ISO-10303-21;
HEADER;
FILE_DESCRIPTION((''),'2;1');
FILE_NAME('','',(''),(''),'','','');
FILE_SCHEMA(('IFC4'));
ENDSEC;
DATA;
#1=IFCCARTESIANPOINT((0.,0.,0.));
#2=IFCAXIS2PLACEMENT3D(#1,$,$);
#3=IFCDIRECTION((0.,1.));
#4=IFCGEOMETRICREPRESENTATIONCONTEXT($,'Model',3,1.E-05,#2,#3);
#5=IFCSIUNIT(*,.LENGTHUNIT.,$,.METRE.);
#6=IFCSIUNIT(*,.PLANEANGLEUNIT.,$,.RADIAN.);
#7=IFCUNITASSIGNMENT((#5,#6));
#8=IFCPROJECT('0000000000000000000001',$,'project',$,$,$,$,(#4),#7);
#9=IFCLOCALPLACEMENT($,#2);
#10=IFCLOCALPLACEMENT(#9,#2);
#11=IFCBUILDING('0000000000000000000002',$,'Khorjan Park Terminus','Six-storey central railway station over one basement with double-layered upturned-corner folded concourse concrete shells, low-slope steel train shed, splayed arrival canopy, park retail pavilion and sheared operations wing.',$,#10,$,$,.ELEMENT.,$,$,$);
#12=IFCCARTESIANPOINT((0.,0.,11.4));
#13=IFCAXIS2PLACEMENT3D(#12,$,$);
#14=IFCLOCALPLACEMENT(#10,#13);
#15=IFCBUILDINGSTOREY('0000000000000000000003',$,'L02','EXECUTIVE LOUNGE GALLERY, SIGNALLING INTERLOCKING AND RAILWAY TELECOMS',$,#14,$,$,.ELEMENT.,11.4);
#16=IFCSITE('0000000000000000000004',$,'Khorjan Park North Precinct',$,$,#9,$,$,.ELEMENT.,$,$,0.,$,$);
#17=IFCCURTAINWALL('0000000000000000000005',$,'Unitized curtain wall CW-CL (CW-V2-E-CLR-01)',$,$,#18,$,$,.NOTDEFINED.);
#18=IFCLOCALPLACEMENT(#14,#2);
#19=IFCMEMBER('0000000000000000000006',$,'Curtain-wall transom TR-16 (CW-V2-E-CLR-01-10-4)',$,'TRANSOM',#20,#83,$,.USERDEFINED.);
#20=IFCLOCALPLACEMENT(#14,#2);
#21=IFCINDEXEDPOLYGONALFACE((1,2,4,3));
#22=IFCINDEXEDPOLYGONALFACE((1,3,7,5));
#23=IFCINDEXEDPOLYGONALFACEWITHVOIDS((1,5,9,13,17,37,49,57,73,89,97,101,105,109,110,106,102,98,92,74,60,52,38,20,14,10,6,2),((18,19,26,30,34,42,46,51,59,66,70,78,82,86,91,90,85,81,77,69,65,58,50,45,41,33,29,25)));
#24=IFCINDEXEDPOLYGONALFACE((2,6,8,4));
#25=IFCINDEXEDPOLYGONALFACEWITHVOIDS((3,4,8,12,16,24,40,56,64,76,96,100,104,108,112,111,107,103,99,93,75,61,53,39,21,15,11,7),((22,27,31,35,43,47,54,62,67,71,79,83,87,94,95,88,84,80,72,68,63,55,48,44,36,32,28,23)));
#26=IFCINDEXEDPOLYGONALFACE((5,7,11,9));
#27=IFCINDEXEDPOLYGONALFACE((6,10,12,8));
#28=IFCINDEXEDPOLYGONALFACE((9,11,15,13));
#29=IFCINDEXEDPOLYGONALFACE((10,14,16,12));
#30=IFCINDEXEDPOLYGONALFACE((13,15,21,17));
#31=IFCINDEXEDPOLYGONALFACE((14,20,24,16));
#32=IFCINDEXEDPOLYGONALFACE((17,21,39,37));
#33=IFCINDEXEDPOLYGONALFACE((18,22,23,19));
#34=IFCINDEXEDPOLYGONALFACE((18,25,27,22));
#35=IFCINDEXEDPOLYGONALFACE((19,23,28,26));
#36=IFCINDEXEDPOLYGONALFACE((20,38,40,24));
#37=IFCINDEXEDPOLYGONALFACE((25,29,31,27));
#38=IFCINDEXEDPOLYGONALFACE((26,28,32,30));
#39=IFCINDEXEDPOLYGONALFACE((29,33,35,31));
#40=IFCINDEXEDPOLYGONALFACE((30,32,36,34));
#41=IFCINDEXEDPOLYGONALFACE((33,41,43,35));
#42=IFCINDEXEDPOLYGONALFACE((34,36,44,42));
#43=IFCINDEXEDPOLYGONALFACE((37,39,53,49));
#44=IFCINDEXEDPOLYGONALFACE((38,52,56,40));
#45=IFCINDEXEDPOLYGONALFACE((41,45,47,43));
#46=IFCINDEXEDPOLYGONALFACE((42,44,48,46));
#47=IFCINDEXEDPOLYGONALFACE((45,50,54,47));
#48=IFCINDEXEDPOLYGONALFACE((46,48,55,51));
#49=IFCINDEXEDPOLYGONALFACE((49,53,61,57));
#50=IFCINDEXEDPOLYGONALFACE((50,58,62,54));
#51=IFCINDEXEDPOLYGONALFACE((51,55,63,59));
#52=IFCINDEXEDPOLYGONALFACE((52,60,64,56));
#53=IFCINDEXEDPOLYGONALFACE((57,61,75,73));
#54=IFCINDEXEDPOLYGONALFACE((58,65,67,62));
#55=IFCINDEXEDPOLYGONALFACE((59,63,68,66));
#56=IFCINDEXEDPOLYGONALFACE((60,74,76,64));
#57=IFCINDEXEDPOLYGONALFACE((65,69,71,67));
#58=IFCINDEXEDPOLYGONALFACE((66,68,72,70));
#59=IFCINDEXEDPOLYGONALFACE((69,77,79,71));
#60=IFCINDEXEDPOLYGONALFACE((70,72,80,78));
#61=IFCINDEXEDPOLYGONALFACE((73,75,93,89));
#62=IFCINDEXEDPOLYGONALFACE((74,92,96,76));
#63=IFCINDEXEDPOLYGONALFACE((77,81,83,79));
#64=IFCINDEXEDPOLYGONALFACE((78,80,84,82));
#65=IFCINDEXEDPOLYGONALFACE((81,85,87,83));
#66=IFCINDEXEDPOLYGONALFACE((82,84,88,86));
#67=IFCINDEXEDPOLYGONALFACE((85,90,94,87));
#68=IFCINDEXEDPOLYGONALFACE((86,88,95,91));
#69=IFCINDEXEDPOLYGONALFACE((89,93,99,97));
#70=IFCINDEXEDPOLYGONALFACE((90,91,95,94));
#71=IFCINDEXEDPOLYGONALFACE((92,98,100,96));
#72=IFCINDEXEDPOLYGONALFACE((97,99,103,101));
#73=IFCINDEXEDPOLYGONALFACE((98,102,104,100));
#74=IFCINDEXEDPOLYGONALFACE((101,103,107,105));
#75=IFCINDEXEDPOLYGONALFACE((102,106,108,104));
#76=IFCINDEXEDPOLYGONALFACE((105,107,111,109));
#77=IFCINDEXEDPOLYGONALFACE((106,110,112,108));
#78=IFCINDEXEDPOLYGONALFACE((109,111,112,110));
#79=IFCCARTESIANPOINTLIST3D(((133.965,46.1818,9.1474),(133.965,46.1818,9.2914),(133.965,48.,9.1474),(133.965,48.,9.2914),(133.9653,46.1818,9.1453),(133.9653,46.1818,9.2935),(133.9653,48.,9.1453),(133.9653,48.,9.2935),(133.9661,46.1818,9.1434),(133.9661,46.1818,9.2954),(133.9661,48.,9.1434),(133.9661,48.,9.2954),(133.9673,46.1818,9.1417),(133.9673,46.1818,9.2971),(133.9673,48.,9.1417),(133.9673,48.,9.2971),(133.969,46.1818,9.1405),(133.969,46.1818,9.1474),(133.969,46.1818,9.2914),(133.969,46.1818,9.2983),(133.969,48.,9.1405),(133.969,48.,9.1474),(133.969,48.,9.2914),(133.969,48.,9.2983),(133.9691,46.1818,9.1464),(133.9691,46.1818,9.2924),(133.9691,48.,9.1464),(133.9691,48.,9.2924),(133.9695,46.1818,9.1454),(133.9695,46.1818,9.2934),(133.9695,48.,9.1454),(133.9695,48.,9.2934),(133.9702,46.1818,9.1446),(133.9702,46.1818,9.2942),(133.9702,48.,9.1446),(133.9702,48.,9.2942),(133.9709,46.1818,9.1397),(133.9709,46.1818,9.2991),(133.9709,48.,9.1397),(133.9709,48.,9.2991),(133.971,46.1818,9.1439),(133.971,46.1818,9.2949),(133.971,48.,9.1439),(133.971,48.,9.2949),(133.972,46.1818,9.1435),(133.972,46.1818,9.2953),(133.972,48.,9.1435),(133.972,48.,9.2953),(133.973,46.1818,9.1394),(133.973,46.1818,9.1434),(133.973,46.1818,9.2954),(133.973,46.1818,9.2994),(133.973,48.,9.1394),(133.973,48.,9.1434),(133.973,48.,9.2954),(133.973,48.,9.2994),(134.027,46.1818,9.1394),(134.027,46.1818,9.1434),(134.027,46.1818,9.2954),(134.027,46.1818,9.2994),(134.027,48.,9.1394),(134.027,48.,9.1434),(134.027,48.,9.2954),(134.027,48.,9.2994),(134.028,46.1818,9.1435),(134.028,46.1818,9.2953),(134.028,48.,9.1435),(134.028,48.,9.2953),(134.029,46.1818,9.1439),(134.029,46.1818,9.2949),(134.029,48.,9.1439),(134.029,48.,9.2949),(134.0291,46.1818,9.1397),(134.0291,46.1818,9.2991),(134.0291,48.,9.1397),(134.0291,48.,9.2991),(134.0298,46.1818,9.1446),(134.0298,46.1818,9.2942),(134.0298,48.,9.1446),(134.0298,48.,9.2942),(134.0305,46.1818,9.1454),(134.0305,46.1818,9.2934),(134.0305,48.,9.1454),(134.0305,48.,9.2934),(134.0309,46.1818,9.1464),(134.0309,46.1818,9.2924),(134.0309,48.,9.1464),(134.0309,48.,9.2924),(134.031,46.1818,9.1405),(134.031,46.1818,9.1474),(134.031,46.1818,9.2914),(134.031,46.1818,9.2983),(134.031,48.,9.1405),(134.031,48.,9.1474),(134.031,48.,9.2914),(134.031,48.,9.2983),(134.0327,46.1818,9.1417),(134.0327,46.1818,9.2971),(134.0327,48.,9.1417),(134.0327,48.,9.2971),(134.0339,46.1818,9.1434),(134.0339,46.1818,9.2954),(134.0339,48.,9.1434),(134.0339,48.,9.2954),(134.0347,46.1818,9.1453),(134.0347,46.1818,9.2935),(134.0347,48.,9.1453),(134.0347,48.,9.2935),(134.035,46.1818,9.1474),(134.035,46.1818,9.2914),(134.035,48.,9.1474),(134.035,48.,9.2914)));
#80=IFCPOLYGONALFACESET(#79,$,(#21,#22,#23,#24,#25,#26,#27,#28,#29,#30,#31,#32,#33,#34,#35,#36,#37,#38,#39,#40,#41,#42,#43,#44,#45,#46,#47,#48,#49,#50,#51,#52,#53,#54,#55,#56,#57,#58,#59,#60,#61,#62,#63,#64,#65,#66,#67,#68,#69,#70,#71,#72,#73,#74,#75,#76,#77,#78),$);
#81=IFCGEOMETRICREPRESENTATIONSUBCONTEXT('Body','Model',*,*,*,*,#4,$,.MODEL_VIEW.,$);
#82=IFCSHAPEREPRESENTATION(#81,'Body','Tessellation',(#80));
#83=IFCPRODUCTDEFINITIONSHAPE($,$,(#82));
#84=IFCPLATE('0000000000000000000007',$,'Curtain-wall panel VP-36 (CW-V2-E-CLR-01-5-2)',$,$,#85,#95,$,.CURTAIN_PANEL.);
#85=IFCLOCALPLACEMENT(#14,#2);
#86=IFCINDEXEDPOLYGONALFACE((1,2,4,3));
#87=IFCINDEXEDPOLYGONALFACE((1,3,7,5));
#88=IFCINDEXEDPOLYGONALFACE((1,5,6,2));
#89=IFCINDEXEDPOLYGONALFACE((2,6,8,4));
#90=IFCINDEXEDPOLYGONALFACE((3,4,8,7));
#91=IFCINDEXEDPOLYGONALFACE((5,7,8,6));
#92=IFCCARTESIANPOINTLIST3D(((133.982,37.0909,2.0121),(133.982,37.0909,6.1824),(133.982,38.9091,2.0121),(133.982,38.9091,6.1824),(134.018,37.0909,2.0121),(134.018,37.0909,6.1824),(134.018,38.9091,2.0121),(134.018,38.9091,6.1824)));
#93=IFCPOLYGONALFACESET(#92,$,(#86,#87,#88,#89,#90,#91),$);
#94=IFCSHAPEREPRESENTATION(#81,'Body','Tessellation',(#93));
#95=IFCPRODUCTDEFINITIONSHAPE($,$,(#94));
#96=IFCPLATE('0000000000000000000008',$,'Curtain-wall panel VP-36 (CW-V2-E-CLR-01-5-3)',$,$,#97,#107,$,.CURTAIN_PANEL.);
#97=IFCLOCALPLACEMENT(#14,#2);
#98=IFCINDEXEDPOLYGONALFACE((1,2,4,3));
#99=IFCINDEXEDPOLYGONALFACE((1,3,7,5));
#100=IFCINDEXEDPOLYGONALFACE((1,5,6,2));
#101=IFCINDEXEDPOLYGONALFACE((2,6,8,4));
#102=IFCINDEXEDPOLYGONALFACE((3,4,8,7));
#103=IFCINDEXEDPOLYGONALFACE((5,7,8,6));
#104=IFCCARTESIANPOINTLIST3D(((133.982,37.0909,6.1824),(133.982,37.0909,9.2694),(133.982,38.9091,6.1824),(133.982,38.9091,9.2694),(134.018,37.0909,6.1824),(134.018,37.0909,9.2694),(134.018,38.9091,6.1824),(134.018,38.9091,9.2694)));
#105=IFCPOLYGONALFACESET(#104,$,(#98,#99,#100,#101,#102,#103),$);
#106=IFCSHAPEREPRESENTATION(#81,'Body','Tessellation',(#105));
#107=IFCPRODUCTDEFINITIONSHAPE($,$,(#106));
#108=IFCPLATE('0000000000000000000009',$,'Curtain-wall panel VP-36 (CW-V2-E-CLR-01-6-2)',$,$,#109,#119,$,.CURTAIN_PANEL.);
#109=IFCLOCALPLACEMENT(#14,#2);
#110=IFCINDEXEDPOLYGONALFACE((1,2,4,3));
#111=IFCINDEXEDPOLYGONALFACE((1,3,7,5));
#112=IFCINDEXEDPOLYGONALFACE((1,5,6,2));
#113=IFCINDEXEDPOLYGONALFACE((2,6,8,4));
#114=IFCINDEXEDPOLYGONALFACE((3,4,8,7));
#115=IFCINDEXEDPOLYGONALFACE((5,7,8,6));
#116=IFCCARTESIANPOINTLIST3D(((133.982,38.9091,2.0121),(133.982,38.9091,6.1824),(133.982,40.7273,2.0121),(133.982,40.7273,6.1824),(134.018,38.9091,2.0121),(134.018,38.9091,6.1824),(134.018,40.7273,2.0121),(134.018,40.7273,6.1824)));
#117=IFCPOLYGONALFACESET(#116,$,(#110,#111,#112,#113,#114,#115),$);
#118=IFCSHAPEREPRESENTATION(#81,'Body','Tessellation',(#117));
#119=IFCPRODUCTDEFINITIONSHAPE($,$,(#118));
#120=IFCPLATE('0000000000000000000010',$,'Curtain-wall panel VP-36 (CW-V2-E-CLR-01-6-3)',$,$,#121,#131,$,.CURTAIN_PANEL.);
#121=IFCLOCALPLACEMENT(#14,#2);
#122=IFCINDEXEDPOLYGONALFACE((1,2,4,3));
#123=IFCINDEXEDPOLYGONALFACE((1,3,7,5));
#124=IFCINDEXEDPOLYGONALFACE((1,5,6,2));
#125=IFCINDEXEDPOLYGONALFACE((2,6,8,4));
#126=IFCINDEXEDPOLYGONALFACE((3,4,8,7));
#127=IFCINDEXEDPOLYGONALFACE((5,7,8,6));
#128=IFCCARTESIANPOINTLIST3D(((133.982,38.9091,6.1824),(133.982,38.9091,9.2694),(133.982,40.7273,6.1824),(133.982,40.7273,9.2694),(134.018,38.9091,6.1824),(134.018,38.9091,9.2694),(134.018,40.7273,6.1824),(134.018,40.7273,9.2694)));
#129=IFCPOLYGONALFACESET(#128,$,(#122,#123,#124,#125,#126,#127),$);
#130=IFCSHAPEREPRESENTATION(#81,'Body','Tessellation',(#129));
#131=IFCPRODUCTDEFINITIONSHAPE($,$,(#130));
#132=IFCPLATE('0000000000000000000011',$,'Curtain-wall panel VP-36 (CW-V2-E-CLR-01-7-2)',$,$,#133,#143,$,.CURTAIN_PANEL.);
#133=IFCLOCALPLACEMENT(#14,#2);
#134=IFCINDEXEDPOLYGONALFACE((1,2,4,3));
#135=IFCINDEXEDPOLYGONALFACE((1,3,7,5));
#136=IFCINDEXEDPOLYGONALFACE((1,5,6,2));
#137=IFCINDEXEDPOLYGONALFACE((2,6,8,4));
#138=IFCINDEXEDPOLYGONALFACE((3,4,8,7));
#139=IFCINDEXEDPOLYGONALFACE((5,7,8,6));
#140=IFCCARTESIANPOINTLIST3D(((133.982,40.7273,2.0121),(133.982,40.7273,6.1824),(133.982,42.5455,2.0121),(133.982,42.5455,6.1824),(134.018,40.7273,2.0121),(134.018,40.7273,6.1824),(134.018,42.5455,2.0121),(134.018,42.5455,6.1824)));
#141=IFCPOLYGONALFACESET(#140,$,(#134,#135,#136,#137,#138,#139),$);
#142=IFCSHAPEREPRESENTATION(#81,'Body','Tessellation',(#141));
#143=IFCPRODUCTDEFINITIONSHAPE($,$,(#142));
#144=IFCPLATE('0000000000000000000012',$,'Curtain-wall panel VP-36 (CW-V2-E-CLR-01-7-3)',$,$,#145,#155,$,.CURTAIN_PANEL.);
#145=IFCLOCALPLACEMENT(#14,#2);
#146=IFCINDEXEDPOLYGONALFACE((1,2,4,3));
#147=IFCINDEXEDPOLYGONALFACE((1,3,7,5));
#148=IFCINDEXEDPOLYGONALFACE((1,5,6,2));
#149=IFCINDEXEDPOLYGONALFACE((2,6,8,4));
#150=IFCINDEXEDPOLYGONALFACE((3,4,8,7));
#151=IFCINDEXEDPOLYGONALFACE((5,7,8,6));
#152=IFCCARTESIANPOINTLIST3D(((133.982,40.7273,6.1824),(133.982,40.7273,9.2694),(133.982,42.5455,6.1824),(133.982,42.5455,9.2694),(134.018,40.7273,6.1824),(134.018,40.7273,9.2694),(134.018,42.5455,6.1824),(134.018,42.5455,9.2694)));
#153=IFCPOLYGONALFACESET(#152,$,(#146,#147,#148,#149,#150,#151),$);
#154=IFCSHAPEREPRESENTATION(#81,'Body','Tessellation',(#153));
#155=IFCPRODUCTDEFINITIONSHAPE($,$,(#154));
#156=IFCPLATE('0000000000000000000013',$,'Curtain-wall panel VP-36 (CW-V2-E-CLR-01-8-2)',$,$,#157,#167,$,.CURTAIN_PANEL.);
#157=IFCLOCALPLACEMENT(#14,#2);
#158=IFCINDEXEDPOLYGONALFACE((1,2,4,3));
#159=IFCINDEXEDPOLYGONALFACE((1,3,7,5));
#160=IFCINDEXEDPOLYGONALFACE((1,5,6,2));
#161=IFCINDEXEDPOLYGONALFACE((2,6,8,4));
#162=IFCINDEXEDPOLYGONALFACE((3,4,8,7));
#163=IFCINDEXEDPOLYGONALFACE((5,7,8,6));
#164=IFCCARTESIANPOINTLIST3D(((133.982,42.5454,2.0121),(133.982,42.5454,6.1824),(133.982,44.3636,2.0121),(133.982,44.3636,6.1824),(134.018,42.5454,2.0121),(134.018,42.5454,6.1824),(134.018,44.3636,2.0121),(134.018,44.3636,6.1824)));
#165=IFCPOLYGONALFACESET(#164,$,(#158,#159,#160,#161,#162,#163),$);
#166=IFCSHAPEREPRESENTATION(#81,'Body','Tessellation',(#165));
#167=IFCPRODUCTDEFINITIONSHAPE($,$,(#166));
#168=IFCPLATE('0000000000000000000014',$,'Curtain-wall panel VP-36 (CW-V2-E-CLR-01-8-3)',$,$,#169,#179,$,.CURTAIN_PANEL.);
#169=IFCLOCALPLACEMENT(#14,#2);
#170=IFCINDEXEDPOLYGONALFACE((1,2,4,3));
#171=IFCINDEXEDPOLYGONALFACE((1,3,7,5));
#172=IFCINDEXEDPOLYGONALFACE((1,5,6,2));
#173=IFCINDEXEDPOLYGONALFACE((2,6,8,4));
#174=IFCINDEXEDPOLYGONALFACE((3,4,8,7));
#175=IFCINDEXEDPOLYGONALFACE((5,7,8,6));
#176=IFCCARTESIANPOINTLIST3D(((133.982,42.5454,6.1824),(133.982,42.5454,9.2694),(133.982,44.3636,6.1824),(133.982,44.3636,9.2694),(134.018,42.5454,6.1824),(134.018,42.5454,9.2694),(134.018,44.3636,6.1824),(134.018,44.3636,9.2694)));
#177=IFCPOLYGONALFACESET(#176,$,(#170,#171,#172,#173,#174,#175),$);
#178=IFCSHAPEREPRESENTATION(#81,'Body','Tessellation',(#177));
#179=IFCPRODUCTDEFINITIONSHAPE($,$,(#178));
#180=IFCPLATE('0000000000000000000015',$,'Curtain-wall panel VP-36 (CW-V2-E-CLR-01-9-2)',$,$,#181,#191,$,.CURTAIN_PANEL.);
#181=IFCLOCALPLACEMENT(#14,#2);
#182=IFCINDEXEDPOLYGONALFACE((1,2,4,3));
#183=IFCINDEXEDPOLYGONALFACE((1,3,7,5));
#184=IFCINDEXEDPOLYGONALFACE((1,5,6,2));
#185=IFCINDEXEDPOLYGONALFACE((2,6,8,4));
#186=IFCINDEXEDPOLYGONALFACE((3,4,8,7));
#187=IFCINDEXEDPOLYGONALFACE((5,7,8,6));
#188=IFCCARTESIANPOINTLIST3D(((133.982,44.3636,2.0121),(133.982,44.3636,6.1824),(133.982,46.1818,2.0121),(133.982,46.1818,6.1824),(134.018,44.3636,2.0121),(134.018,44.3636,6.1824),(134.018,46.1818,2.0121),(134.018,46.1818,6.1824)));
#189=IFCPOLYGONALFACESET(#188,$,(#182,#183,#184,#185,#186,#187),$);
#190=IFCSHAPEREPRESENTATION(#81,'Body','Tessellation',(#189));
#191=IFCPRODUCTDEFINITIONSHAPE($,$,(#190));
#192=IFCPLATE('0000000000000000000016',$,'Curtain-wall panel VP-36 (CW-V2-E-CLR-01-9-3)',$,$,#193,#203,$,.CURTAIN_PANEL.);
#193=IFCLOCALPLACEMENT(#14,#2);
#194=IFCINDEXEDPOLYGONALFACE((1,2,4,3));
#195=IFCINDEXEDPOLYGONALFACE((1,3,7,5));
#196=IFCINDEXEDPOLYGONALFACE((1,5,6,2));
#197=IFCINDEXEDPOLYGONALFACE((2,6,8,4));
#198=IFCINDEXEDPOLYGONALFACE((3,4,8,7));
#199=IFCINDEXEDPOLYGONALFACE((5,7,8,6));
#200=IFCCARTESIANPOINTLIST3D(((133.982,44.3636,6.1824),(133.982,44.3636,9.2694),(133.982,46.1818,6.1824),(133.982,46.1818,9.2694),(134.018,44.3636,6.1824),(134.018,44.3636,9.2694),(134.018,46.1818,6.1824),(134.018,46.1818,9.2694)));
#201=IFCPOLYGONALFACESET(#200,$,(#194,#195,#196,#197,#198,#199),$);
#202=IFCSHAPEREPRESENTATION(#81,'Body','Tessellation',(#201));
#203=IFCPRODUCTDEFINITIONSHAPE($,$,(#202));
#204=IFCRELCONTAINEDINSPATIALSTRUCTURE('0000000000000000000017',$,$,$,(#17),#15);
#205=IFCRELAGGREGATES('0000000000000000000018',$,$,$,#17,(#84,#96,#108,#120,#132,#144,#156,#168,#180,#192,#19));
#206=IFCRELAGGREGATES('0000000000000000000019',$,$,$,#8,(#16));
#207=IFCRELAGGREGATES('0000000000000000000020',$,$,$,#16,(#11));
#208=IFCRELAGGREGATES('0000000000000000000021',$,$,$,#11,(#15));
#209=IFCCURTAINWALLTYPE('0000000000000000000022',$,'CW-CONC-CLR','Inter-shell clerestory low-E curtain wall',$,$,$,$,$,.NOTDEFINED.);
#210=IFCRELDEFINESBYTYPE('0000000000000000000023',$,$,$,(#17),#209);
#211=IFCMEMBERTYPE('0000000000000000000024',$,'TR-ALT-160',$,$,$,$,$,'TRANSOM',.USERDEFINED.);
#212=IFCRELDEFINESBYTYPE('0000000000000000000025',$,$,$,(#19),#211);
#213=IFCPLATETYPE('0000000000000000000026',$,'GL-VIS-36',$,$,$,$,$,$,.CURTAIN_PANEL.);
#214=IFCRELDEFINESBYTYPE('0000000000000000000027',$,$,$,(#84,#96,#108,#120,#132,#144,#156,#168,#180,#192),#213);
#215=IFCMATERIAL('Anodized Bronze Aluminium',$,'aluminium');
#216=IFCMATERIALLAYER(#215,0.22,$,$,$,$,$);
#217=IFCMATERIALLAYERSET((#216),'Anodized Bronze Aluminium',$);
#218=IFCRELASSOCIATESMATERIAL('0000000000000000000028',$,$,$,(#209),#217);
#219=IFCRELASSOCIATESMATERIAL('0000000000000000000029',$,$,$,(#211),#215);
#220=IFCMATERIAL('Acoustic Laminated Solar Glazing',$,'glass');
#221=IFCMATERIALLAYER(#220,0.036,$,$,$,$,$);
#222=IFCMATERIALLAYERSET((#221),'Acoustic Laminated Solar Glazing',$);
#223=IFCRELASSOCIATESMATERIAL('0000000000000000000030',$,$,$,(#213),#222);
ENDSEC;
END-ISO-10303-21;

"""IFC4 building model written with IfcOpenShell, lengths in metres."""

from ifc_helpers import new_model, si_unit, direction, frame, origin, origin_2d, place, context, subcontext, project, spatial, rectangle, hollow_rectangle, extrude, material, layer, layer_set, material_profile, profile_set, type_object, element, aggregate, save


model = new_model("IFC4")

# Units and contexts
model_context = context("Model", 3, precision=1e-05, world=origin(), true_north=direction((0.0, 1.0)))
body_context = subcontext(model_context, "Body", "Model", "MODEL_VIEW")
ifc_project = project(units=[si_unit("LENGTHUNIT", "METRE"), si_unit("PLANEANGLEUNIT", "RADIAN")], contexts=[model_context])

# Site, building, storey
site_placement = place(None, origin())
site = spatial("IfcSite", under=ifc_project, at=site_placement, Name="Khorjan Park North Precinct", CompositionType="ELEMENT", RefElevation=0.0)
building_placement = place(site_placement, origin())
building = spatial("IfcBuilding", under=site, at=building_placement, Name="Khorjan Park Terminus", Description="Six-storey central railway station over one basement with double-layered upturned-corner folded concourse concrete shells, low-slope steel train shed, splayed arrival canopy, park retail pavilion and sheared operations wing.", CompositionType="ELEMENT")
storey_placement = place(building_placement, frame((0.0, 0.0, 11.4)))
storey = spatial("IfcBuildingStorey", under=building, at=storey_placement, Name="L02", Description="EXECUTIVE LOUNGE GALLERY, SIGNALLING INTERLOCKING AND RAILWAY TELECOMS", CompositionType="ELEMENT", Elevation=11.4)

# Curtain wall, member, plates
ifc_material_1 = material(Name="Anodized Bronze Aluminium", Category="aluminium")
ifc_layer_1 = layer(ifc_material_1, 0.22)
ifc_layer_set_1 = layer_set([ifc_layer_1], Name="Anodized Bronze Aluminium")
curtain_wall_type = type_object("IfcCurtainWallType", Name="CW-CONC-CLR", Description="Inter-shell clerestory low-E curtain wall", PredefinedType="NOTDEFINED", material=ifc_layer_set_1)
curtain_wall_placement = place(storey_placement, origin())
curtain_wall = element("IfcCurtainWall", 1, at=curtain_wall_placement, inside=storey, type_object=curtain_wall_type, Name="Unitized curtain wall CW-CL (CW-V2-E-CLR-01)", PredefinedType="NOTDEFINED")
ifc_material_profile = material_profile(ifc_material_1, hollow_rectangle(XDim=0.07, YDim=0.16, WallThickness=0.004, InnerFilletRadius=0.004, OuterFilletRadius=0.008, at=origin_2d()), Name="ALT 70x160x4")
ifc_profile_set = profile_set([ifc_material_profile], Name="Anodized Bronze Aluminium")
member_type = type_object("IfcMemberType", Name="TR-ALT-160", ElementType="TRANSOM", PredefinedType="USERDEFINED", material=ifc_profile_set)
member_1_placement = place(storey_placement, frame((134.0, 46.1818, 9.2194), z_axis=(0.0, 1.0, 0.0), x_axis=(-1.0, 0.0, 0.0)))
member_1 = element("IfcMember", 2, at=member_1_placement, type_object=member_type, Name="Curtain-wall transom TR-16 (CW-V2-E-CLR-01-10-4)", ObjectType="TRANSOM", PredefinedType="USERDEFINED", context=body_context, shape_type="SweptSolid", body=[
    extrude(hollow_rectangle(XDim=0.07, YDim=0.16, WallThickness=0.004, InnerFilletRadius=0.004, OuterFilletRadius=0.008, at=origin_2d()), origin(), (0.0, 0.0, 1.0), 1.8182),
])
ifc_material_2 = material(Name="Acoustic Laminated Solar Glazing", Category="glass")
ifc_layer_2 = layer(ifc_material_2, 0.036)
ifc_layer_set_2 = layer_set([ifc_layer_2], Name="Acoustic Laminated Solar Glazing")
plate_type_1 = type_object("IfcPlateType", Name="GL-VIS-36", PredefinedType="CURTAIN_PANEL", material=ifc_layer_set_2)
plate_1_placement = place(storey_placement, frame((134.0, 38.0, 2.0121), z_axis=(0.0, 0.0, 1.0), x_axis=(0.0, 1.0, 0.0)))
plate_1 = element("IfcPlate", 3, at=plate_1_placement, type_object=plate_type_1, Name="Curtain-wall panel VP-36 (CW-V2-E-CLR-01-5-2)", PredefinedType="CURTAIN_PANEL", context=body_context, shape_type="SweptSolid", body=[
    extrude(rectangle(XDim=1.8182, YDim=0.036, at=origin_2d()), origin(), (0.0, 0.0, 1.0), 4.1703),
])
plate_2_placement = place(storey_placement, frame((134.0, 38.0, 6.1824), z_axis=(0.0, 0.0, 1.0), x_axis=(0.0, 1.0, 0.0)))
plate_2 = element("IfcPlate", 4, at=plate_2_placement, type_object=plate_type_1, Name="Curtain-wall panel VP-36 (CW-V2-E-CLR-01-5-3)", PredefinedType="CURTAIN_PANEL", context=body_context, shape_type="SweptSolid", body=[
    extrude(rectangle(XDim=1.8182, YDim=0.036, at=origin_2d()), origin(), (0.0, 0.0, 1.0), 3.087),
])
plate_3_placement = place(storey_placement, frame((134.0, 39.8182, 2.0121), z_axis=(0.0, 0.0, 1.0), x_axis=(0.0, 1.0, 0.0)))
plate_3 = element("IfcPlate", 5, at=plate_3_placement, type_object=plate_type_1, Name="Curtain-wall panel VP-36 (CW-V2-E-CLR-01-6-2)", PredefinedType="CURTAIN_PANEL", context=body_context, shape_type="SweptSolid", body=[
    extrude(rectangle(XDim=1.8182, YDim=0.036, at=origin_2d()), origin(), (0.0, 0.0, 1.0), 4.1703),
])
plate_4_placement = place(storey_placement, frame((134.0, 39.8182, 6.1824), z_axis=(0.0, 0.0, 1.0), x_axis=(0.0, 1.0, 0.0)))
plate_4 = element("IfcPlate", 6, at=plate_4_placement, type_object=plate_type_1, Name="Curtain-wall panel VP-36 (CW-V2-E-CLR-01-6-3)", PredefinedType="CURTAIN_PANEL", context=body_context, shape_type="SweptSolid", body=[
    extrude(rectangle(XDim=1.8182, YDim=0.036, at=origin_2d()), origin(), (0.0, 0.0, 1.0), 3.087),
])
plate_5_placement = place(storey_placement, frame((134.0, 41.6364, 2.0121), z_axis=(0.0, 0.0, 1.0), x_axis=(0.0, 1.0, 0.0)))
plate_5 = element("IfcPlate", 7, at=plate_5_placement, type_object=plate_type_1, Name="Curtain-wall panel VP-36 (CW-V2-E-CLR-01-7-2)", PredefinedType="CURTAIN_PANEL", context=body_context, shape_type="SweptSolid", body=[
    extrude(rectangle(XDim=1.8182, YDim=0.036, at=origin_2d()), origin(), (0.0, 0.0, 1.0), 4.1703),
])
plate_6_placement = place(storey_placement, frame((134.0, 41.6364, 6.1824), z_axis=(0.0, 0.0, 1.0), x_axis=(0.0, 1.0, 0.0)))
plate_6 = element("IfcPlate", 8, at=plate_6_placement, type_object=plate_type_1, Name="Curtain-wall panel VP-36 (CW-V2-E-CLR-01-7-3)", PredefinedType="CURTAIN_PANEL", context=body_context, shape_type="SweptSolid", body=[
    extrude(rectangle(XDim=1.8182, YDim=0.036, at=origin_2d()), origin(), (0.0, 0.0, 1.0), 3.087),
])
plate_7_placement = place(storey_placement, frame((134.0, 43.4545, 2.0121), z_axis=(0.0, 0.0, 1.0), x_axis=(0.0, 1.0, 0.0)))
plate_7 = element("IfcPlate", 9, at=plate_7_placement, type_object=plate_type_1, Name="Curtain-wall panel VP-36 (CW-V2-E-CLR-01-8-2)", PredefinedType="CURTAIN_PANEL", context=body_context, shape_type="SweptSolid", body=[
    extrude(rectangle(XDim=1.8182, YDim=0.036, at=origin_2d()), origin(), (0.0, 0.0, 1.0), 4.1703),
])
plate_8_placement = place(storey_placement, frame((134.0, 43.4545, 6.1824), z_axis=(0.0, 0.0, 1.0), x_axis=(0.0, 1.0, 0.0)))
plate_8 = element("IfcPlate", 10, at=plate_8_placement, type_object=plate_type_1, Name="Curtain-wall panel VP-36 (CW-V2-E-CLR-01-8-3)", PredefinedType="CURTAIN_PANEL", context=body_context, shape_type="SweptSolid", body=[
    extrude(rectangle(XDim=1.8182, YDim=0.036, at=origin_2d()), origin(), (0.0, 0.0, 1.0), 3.087),
])
plate_9_placement = place(storey_placement, frame((134.0, 45.2727, 2.0121), z_axis=(0.0, 0.0, 1.0), x_axis=(0.0, 1.0, 0.0)))
plate_9 = element("IfcPlate", 11, at=plate_9_placement, type_object=plate_type_1, Name="Curtain-wall panel VP-36 (CW-V2-E-CLR-01-9-2)", PredefinedType="CURTAIN_PANEL", context=body_context, shape_type="SweptSolid", body=[
    extrude(rectangle(XDim=1.8182, YDim=0.036, at=origin_2d()), origin(), (0.0, 0.0, 1.0), 4.1703),
])
plate_10_placement = place(storey_placement, frame((134.0, 45.2727, 6.1824), z_axis=(0.0, 0.0, 1.0), x_axis=(0.0, 1.0, 0.0)))
plate_10 = element("IfcPlate", 12, at=plate_10_placement, type_object=plate_type_1, Name="Curtain-wall panel VP-36 (CW-V2-E-CLR-01-9-3)", PredefinedType="CURTAIN_PANEL", context=body_context, shape_type="SweptSolid", body=[
    extrude(rectangle(XDim=1.8182, YDim=0.036, at=origin_2d()), origin(), (0.0, 0.0, 1.0), 3.087),
])
aggregate(curtain_wall, [plate_1, plate_2, plate_3, plate_4, plate_5, plate_6, plate_7, plate_8, plate_9, plate_10, member_1])

save(model, "model.ifc")
